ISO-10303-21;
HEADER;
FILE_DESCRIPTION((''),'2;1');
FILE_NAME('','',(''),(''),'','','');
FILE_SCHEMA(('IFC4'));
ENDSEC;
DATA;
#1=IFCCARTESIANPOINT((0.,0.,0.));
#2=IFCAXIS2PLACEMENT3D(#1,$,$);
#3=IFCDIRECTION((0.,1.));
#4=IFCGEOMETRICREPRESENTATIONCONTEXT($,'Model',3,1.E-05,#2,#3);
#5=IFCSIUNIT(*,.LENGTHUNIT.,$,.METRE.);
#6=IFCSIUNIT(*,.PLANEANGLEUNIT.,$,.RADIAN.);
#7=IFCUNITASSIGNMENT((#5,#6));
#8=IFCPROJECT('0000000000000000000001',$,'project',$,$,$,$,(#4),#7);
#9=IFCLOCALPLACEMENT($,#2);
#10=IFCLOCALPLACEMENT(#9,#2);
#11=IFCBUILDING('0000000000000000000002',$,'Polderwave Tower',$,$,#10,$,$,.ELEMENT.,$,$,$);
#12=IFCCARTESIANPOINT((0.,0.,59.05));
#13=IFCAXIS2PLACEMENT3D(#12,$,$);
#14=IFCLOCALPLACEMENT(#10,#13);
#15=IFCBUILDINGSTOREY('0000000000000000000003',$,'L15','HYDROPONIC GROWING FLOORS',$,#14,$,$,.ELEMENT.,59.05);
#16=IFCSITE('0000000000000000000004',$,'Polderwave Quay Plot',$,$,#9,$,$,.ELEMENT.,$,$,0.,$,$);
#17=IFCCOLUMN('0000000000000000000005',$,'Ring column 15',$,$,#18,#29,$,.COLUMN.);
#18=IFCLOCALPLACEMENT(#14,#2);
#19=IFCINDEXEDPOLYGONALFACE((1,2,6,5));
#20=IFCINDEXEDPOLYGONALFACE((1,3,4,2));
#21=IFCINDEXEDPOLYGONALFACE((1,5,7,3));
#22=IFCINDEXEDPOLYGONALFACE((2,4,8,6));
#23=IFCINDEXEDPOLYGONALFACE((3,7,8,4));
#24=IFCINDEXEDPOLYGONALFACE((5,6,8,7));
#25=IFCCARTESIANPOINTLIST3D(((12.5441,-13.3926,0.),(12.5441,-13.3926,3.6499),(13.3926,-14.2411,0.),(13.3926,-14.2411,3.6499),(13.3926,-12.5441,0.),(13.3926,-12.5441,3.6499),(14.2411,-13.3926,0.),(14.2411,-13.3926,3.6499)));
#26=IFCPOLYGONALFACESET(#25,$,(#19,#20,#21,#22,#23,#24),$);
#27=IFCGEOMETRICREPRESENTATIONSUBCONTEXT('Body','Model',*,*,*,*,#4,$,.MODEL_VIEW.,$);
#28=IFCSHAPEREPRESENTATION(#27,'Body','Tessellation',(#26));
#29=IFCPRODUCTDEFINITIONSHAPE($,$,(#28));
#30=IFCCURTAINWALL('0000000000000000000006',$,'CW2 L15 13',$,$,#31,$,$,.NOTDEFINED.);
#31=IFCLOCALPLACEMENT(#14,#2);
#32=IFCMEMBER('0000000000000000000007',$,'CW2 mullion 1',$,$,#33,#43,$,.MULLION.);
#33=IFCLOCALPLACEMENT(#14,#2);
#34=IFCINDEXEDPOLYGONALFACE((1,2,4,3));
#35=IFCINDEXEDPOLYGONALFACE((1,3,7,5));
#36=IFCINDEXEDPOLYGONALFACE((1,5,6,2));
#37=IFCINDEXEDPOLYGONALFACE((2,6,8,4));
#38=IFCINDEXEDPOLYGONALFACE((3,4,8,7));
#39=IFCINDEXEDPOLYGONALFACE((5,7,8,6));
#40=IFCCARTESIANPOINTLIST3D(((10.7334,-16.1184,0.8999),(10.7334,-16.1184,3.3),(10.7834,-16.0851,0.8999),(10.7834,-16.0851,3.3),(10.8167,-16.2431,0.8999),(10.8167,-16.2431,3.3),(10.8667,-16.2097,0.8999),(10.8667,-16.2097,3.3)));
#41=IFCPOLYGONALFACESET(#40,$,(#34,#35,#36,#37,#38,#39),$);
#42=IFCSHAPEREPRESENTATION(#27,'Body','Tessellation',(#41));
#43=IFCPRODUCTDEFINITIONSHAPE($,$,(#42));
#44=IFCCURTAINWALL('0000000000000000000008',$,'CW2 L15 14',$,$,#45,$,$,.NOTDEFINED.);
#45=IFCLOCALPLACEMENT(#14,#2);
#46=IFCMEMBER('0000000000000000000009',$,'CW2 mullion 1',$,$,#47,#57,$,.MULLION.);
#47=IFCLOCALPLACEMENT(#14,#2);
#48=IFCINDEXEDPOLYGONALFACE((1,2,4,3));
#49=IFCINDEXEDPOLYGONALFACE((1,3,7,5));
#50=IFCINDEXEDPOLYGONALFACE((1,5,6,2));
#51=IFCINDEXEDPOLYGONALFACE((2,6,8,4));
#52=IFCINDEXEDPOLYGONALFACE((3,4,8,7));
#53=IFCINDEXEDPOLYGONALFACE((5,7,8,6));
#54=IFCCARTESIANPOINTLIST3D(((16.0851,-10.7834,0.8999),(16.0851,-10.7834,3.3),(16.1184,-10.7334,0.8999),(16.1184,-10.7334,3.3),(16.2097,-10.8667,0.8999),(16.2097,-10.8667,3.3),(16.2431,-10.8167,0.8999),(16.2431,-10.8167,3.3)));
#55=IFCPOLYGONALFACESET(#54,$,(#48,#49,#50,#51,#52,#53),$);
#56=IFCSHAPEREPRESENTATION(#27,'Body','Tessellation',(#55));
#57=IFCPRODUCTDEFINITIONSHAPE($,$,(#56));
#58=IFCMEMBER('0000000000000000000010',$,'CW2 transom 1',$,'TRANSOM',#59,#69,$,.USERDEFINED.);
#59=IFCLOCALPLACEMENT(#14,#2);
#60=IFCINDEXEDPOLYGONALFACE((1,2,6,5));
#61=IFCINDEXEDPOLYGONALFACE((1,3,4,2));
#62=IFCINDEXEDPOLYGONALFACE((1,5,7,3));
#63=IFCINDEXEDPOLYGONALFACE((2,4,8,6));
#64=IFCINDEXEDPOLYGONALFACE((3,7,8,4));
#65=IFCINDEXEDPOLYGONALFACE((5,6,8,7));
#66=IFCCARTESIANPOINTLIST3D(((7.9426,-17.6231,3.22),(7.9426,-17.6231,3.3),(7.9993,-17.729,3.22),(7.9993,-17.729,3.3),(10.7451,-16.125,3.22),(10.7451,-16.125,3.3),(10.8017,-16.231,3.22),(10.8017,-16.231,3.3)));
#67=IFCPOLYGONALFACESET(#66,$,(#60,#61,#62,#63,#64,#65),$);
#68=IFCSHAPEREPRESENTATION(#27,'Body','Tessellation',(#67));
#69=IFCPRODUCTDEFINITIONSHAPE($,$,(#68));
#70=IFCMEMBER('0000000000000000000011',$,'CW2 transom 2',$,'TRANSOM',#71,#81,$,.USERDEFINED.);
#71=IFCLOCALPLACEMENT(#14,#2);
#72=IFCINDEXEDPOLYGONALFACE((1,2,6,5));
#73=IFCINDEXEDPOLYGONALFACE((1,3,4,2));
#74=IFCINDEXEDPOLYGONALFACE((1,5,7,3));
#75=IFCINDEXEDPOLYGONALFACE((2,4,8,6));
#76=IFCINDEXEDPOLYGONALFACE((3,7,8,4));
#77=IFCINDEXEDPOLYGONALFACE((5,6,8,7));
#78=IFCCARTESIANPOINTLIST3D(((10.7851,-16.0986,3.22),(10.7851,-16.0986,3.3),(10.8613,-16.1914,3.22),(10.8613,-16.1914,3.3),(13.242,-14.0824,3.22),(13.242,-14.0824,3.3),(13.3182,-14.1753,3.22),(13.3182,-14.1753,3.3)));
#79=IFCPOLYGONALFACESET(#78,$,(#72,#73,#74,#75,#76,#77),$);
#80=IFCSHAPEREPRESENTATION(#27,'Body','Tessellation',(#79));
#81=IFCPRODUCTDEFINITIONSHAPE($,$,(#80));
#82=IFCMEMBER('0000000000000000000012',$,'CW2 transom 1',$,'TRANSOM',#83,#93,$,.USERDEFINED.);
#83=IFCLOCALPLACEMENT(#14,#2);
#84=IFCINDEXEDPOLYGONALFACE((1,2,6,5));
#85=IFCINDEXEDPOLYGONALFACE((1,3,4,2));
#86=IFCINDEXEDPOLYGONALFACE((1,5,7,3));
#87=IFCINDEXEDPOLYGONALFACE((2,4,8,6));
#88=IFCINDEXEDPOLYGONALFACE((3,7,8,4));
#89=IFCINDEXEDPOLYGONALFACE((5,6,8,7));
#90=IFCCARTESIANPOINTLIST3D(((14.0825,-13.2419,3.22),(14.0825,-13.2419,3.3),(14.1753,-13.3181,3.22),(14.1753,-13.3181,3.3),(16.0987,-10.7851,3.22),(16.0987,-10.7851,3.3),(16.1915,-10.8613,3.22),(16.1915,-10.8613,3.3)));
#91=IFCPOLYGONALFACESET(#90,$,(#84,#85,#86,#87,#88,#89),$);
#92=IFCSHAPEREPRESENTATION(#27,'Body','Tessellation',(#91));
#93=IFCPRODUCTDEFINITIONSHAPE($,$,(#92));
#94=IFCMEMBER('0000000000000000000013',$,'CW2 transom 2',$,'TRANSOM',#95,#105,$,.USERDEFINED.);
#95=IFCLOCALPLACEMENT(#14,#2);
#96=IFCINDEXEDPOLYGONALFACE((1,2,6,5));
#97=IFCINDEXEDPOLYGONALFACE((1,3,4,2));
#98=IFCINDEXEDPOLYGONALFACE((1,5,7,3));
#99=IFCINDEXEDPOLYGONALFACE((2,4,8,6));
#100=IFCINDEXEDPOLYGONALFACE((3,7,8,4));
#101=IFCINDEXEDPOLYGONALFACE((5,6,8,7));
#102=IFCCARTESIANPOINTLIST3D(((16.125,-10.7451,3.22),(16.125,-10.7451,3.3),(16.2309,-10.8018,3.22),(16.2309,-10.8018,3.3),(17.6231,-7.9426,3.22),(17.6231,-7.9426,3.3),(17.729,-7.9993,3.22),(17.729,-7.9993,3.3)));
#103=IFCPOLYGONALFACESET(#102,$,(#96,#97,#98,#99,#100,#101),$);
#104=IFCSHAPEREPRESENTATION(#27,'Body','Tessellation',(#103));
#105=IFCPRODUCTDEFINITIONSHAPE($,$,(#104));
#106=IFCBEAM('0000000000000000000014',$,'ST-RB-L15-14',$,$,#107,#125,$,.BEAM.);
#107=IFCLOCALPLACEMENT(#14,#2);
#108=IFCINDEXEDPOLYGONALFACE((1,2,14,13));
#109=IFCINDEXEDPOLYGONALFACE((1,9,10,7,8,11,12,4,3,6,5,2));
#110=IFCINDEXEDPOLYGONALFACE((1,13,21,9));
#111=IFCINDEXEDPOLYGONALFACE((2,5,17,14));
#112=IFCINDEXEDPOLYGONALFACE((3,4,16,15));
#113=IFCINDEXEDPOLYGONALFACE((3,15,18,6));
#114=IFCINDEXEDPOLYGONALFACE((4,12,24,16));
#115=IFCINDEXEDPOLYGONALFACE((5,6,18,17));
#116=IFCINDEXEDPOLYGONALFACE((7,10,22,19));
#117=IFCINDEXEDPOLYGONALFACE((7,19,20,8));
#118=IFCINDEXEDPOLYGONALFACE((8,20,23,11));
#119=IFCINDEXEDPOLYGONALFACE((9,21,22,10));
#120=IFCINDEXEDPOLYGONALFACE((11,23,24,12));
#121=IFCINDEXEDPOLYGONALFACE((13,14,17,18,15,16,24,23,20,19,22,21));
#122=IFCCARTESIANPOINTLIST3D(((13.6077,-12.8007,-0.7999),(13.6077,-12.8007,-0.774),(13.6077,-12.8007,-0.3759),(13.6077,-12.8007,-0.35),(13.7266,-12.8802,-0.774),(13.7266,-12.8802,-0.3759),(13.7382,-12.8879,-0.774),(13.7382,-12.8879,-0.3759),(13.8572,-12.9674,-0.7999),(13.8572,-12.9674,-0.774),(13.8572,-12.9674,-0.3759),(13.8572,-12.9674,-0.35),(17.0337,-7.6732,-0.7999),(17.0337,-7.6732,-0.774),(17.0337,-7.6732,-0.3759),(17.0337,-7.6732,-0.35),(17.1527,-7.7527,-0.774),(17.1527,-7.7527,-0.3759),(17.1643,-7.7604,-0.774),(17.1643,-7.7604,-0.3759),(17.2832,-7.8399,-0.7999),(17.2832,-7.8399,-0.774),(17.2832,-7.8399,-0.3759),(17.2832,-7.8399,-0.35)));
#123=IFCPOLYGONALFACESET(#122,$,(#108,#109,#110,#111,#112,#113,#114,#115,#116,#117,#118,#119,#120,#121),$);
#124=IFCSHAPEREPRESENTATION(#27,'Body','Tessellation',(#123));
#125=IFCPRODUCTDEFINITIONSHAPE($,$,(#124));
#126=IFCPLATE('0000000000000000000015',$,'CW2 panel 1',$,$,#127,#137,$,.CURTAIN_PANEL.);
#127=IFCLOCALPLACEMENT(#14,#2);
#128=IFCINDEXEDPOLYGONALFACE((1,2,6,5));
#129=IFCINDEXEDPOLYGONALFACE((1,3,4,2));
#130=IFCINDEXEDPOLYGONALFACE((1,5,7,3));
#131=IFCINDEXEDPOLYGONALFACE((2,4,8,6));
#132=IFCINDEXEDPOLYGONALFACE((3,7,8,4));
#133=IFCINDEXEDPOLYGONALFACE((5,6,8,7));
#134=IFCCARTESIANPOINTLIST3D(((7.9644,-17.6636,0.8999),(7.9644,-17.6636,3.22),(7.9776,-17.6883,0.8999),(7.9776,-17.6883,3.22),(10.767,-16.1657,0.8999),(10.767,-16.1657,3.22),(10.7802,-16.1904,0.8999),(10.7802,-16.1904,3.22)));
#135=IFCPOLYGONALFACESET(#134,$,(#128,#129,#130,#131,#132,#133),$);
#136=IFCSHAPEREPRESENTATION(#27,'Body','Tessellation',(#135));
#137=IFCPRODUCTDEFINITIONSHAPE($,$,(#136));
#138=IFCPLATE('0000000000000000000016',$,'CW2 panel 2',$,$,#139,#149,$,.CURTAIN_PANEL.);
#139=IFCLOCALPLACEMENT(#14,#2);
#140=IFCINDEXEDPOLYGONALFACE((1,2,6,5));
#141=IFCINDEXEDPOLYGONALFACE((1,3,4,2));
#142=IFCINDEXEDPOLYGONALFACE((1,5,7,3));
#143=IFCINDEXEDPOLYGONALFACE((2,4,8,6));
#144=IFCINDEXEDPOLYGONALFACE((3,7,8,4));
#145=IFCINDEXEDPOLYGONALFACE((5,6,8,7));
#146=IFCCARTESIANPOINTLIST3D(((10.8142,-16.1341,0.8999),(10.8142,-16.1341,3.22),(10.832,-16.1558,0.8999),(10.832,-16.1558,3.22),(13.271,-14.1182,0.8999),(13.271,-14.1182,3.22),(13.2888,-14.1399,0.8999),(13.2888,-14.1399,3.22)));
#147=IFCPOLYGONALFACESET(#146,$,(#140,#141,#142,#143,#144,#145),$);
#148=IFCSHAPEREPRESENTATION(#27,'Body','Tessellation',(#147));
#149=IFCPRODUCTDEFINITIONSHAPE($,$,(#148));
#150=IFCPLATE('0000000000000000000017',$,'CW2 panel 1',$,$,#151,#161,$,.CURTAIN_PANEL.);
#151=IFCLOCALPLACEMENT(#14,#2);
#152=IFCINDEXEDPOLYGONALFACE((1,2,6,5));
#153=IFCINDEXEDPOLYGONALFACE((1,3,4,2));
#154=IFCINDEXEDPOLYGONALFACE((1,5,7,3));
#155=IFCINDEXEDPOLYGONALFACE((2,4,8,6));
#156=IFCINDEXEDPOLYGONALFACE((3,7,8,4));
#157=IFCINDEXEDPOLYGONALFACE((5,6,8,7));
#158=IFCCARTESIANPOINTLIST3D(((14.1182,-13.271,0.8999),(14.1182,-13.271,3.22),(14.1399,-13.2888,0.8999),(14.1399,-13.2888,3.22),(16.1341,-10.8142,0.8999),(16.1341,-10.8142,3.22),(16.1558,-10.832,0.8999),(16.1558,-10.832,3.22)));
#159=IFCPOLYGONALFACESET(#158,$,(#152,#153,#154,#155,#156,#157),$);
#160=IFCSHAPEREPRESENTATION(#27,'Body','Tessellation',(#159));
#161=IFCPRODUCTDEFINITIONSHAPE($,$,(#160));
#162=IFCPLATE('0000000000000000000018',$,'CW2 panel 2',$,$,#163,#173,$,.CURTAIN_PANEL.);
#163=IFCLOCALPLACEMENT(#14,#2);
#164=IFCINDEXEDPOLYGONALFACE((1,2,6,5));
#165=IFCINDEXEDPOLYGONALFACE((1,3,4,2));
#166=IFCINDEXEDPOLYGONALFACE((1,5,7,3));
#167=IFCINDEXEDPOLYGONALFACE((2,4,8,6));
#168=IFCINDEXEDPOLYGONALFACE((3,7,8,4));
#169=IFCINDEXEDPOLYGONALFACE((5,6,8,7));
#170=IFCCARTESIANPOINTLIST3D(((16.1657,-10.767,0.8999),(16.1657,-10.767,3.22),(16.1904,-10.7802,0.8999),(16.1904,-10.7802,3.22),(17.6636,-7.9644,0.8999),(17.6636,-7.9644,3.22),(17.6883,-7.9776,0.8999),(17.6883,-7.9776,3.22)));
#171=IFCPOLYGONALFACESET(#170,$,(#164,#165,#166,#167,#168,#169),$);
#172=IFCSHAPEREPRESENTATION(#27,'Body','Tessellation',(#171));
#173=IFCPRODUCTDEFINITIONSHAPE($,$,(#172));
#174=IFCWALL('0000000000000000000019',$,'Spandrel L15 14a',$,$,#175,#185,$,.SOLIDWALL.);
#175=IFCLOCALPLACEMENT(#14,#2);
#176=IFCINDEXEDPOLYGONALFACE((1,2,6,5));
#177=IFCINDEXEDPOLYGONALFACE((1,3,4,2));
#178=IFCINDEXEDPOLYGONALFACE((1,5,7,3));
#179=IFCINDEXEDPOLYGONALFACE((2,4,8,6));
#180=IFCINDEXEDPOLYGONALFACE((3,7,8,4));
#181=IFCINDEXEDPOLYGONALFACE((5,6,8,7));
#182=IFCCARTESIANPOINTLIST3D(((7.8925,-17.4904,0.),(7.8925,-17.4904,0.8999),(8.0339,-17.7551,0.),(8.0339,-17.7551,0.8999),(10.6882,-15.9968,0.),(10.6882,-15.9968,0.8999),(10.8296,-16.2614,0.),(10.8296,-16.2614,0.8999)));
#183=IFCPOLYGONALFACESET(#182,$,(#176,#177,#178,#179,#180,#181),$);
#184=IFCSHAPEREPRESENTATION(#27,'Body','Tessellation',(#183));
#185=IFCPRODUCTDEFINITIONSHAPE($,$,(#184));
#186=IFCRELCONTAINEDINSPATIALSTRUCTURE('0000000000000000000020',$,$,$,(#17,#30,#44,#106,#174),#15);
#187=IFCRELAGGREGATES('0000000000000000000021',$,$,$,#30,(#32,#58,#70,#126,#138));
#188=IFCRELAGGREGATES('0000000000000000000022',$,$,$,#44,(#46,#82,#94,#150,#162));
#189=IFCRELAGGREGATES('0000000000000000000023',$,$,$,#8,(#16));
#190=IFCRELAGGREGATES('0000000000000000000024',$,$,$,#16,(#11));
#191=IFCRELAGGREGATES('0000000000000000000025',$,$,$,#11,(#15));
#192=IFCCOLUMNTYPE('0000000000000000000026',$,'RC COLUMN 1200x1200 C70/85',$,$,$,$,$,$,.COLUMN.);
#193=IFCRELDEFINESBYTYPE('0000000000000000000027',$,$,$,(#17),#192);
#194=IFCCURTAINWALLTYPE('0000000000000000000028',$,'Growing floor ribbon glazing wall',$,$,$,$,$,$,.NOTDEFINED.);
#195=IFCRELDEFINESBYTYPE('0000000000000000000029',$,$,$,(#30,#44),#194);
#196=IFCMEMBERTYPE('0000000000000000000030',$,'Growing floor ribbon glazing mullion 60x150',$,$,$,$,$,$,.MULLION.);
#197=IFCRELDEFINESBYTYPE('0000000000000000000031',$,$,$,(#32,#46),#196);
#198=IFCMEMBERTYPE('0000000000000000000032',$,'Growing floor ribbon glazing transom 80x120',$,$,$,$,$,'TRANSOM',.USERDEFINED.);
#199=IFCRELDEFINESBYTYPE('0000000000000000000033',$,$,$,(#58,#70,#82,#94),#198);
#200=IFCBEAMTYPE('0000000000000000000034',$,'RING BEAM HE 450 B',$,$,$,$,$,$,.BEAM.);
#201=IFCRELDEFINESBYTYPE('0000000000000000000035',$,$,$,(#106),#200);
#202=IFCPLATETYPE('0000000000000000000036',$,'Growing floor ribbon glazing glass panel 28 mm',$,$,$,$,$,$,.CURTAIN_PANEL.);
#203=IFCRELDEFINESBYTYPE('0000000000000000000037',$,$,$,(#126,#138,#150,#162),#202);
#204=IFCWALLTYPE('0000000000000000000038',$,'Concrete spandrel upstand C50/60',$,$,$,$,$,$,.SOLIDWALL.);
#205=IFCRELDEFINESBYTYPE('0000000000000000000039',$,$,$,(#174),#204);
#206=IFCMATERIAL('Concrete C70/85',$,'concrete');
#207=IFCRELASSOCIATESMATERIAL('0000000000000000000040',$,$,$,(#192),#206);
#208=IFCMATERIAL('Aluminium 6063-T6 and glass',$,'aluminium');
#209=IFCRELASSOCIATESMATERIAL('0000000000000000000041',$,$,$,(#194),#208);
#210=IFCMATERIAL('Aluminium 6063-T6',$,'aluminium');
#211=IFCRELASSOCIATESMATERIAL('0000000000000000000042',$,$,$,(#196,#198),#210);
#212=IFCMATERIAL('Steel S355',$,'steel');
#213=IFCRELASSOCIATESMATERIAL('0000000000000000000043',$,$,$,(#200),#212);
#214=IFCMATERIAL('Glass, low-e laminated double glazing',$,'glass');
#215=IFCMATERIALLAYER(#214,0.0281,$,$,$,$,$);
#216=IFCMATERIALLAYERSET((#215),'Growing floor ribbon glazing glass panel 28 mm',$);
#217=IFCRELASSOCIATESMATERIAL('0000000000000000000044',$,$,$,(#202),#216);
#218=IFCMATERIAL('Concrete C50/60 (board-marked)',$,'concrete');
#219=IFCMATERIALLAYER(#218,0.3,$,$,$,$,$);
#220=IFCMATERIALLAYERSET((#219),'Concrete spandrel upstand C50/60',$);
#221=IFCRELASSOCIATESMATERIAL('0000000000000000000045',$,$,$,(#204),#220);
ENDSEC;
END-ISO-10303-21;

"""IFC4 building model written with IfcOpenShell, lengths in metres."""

from ifc_helpers import new_model, si_unit, direction, frame, frame_2d, origin, origin_2d, place, context, subcontext, project, spatial, rectangle, i_section, extrude, material, layer, layer_set, material_profile, profile_set, type_object, element, aggregate, save


model = new_model("IFC4")

# Units and contexts
model_context = context("Model", 3, precision=1e-05, world=origin(), true_north=direction((0.0, 1.0)))
body_context = subcontext(model_context, "Body", "Model", "MODEL_VIEW")
ifc_project = project(units=[si_unit("LENGTHUNIT", "METRE"), si_unit("PLANEANGLEUNIT", "RADIAN")], contexts=[model_context])

# Site, building, storey
site_placement = place(None, origin())
site = spatial("IfcSite", under=ifc_project, at=site_placement, Name="Polderwave Quay Plot", CompositionType="ELEMENT", RefElevation=0.0)
building_placement = place(site_placement, origin())
building = spatial("IfcBuilding", under=site, at=building_placement, Name="Polderwave Tower", CompositionType="ELEMENT")
storey_placement = place(building_placement, frame((0.0, 0.0, 59.05)))
storey = spatial("IfcBuildingStorey", under=building, at=storey_placement, Name="L15", Description="HYDROPONIC GROWING FLOORS", CompositionType="ELEMENT", Elevation=59.05)

# Column
ifc_material_1 = material(Name="Concrete C70/85", Category="concrete")
ifc_material_profile_1 = material_profile(ifc_material_1, rectangle(XDim=1.2, YDim=1.2, at=origin_2d()), Name="RC 1200x1200")
ifc_profile_set_1 = profile_set([ifc_material_profile_1], Name="Concrete C70/85")
column_type = type_object("IfcColumnType", Name="RC COLUMN 1200x1200 C70/85", PredefinedType="COLUMN", material=ifc_profile_set_1)
column_placement = place(storey_placement, frame((13.3926, -13.3926, 0.0), z_axis=(0.0, 0.0, 1.0), x_axis=(0.707107, -0.707107, 0.0)))
element("IfcColumn", 1, at=column_placement, inside=storey, type_object=column_type, Name="Ring column 15", PredefinedType="COLUMN", context=body_context, shape_type="SweptSolid", body=[
    extrude(rectangle(XDim=1.2, YDim=1.2, at=origin_2d()), origin(), (0.0, 0.0, 1.0), 3.6499),
])

# Curtain walls, members
ifc_material_2 = material(Name="Aluminium 6063-T6 and glass", Category="aluminium")
curtain_wall_type = type_object("IfcCurtainWallType", Name="Growing floor ribbon glazing wall", PredefinedType="NOTDEFINED", material=ifc_material_2)
curtain_wall_1_placement = place(storey_placement, origin())
curtain_wall_1 = element("IfcCurtainWall", 2, at=curtain_wall_1_placement, inside=storey, type_object=curtain_wall_type, Name="CW2 L15 13", PredefinedType="NOTDEFINED")
ifc_material_3 = material(Name="Aluminium 6063-T6", Category="aluminium")
ifc_material_profile_2 = material_profile(ifc_material_3, rectangle(XDim=0.1499, YDim=0.0601, at=origin_2d()), Name="AL 60x150")
ifc_profile_set_2 = profile_set([ifc_material_profile_2], Name="Aluminium 6063-T6")
member_type_1 = type_object("IfcMemberType", Name="Growing floor ribbon glazing mullion 60x150", PredefinedType="MULLION", material=ifc_profile_set_2)
member_1_placement = place(storey_placement, frame((10.8, -16.1641, 0.8999), z_axis=(0.0, 0.0, 1.0), x_axis=(-0.555527, 0.831499, 0.0)))
member_1 = element("IfcMember", 3, at=member_1_placement, type_object=member_type_1, Name="CW2 mullion 1", PredefinedType="MULLION", context=body_context, shape_type="SweptSolid", body=[
    extrude(rectangle(XDim=0.1499, YDim=0.0601, at=origin_2d()), origin(), (0.0, 0.0, 1.0), 2.4001),
])
curtain_wall_2_placement = place(storey_placement, origin())
curtain_wall_2 = element("IfcCurtainWall", 4, at=curtain_wall_2_placement, inside=storey, type_object=curtain_wall_type, Name="CW2 L15 14", PredefinedType="NOTDEFINED")
member_2_placement = place(storey_placement, frame((16.1641, -10.8, 0.8999), z_axis=(0.0, 0.0, 1.0), x_axis=(-0.831499, 0.555527, 0.0)))
member_2 = element("IfcMember", 5, at=member_2_placement, type_object=member_type_1, Name="CW2 mullion 1", PredefinedType="MULLION", context=body_context, shape_type="SweptSolid", body=[
    extrude(rectangle(XDim=0.1499, YDim=0.0601, at=origin_2d()), origin(), (0.0, 0.0, 1.0), 2.4001),
])

# Members
ifc_material_profile_3 = material_profile(ifc_material_3, rectangle(XDim=0.1201, YDim=0.0801, at=origin_2d()), Name="AL 80x120")
ifc_profile_set_3 = profile_set([ifc_material_profile_3], Name="Aluminium 6063-T6")
member_type_2 = type_object("IfcMemberType", Name="Growing floor ribbon glazing transom 80x120", ElementType="TRANSOM", PredefinedType="USERDEFINED", material=ifc_profile_set_3)
member_3_placement = place(storey_placement, frame((7.9709, -17.676, 3.26), z_axis=(0.88191, 0.471417, 0.0), x_axis=(-0.471417, 0.88191, 0.0)))
member_3 = element("IfcMember", 6, at=member_3_placement, type_object=member_type_2, Name="CW2 transom 1", ObjectType="TRANSOM", PredefinedType="USERDEFINED", context=body_context, shape_type="SweptSolid", body=[
    extrude(rectangle(XDim=0.1201, YDim=0.0801, at=origin_2d()), origin(), (0.0, 0.0, 1.0), 3.1777),
])
member_4_placement = place(storey_placement, frame((10.8232, -16.145, 3.26), z_axis=(0.773029, 0.634371, 0.0), x_axis=(-0.634371, 0.773029, 0.0)))
member_4 = element("IfcMember", 7, at=member_4_placement, type_object=member_type_2, Name="CW2 transom 2", ObjectType="TRANSOM", PredefinedType="USERDEFINED", context=body_context, shape_type="SweptSolid", body=[
    extrude(rectangle(XDim=0.1201, YDim=0.0801, at=origin_2d()), origin(), (0.0, 0.0, 1.0), 3.1782),
])
member_5_placement = place(storey_placement, frame((14.1289, -13.28, 3.26), z_axis=(0.634371, 0.773029, 0.0), x_axis=(-0.773029, 0.634371, 0.0)))
member_5 = element("IfcMember", 8, at=member_5_placement, type_object=member_type_2, Name="CW2 transom 1", ObjectType="TRANSOM", PredefinedType="USERDEFINED", context=body_context, shape_type="SweptSolid", body=[
    extrude(rectangle(XDim=0.1201, YDim=0.0801, at=origin_2d()), origin(), (0.0, 0.0, 1.0), 3.1782),
])
member_6_placement = place(storey_placement, frame((16.178, -10.7734, 3.26), z_axis=(0.471417, 0.88191, 0.0), x_axis=(-0.88191, 0.471417, 0.0)))
member_6 = element("IfcMember", 9, at=member_6_placement, type_object=member_type_2, Name="CW2 transom 2", ObjectType="TRANSOM", PredefinedType="USERDEFINED", context=body_context, shape_type="SweptSolid", body=[
    extrude(rectangle(XDim=0.1201, YDim=0.0801, at=origin_2d()), origin(), (0.0, 0.0, 1.0), 3.1777),
])

# Beam
ifc_material_4 = material(Name="Steel S355", Category="steel")
ifc_material_profile_4 = material_profile(ifc_material_4, i_section(OverallWidth=0.3, OverallDepth=0.45, WebThickness=0.0139, FlangeThickness=0.0259, at=origin_2d()), Name="HE 450 B")
ifc_profile_set_4 = profile_set([ifc_material_profile_4], Name="Steel S355")
beam_type = type_object("IfcBeamType", Name="RING BEAM HE 450 B", PredefinedType="BEAM", material=ifc_profile_set_4)
beam_placement = place(storey_placement, frame((13.7324, -12.884, -0.575), z_axis=(0.555568, 0.831471, 0.0), x_axis=(-0.831471, 0.555568, 0.0)))
element("IfcBeam", 10, at=beam_placement, inside=storey, type_object=beam_type, Name="ST-RB-L15-14", PredefinedType="BEAM", context=body_context, shape_type="SweptSolid", body=[
    extrude(i_section(OverallWidth=0.3, OverallDepth=0.45, WebThickness=0.0139, FlangeThickness=0.0259, at=origin_2d()), origin(), (0.0, 0.0, 1.0), 6.1667),
])

# Plates
ifc_material_5 = material(Name="Glass, low-e laminated double glazing", Category="glass")
ifc_layer_1 = layer(ifc_material_5, 0.0281)
ifc_layer_set_1 = layer_set([ifc_layer_1], Name="Growing floor ribbon glazing glass panel 28 mm")
plate_type = type_object("IfcPlateType", Name="Growing floor ribbon glazing glass panel 28 mm", PredefinedType="CURTAIN_PANEL", material=ifc_layer_set_1)
plate_1_placement = place(storey_placement, frame((9.3723, -16.927, 0.8999), z_axis=(0.0, 0.0, 1.0), x_axis=(0.881939, 0.471364, 0.0)))
plate_1 = element("IfcPlate", 11, at=plate_1_placement, type_object=plate_type, Name="CW2 panel 1", PredefinedType="CURTAIN_PANEL", context=body_context, shape_type="SweptSolid", body=[
    extrude(rectangle(XDim=3.1777, YDim=0.0281, at=origin_2d()), origin(), (0.0, 0.0, 1.0), 2.3201),
])
plate_2_placement = place(storey_placement, frame((12.0515, -15.137, 0.8999), z_axis=(0.0, 0.0, 1.0), x_axis=(0.773054, 0.634341, 0.0)))
plate_2 = element("IfcPlate", 12, at=plate_2_placement, type_object=plate_type, Name="CW2 panel 2", PredefinedType="CURTAIN_PANEL", context=body_context, shape_type="SweptSolid", body=[
    extrude(rectangle(XDim=3.178, YDim=0.0281, at=origin_2d()), origin(), (0.0, 0.0, 1.0), 2.3201),
])
aggregate(curtain_wall_1, [member_1, member_3, member_4, plate_1, plate_2])
plate_3_placement = place(storey_placement, frame((15.137, -12.0515, 0.8999), z_axis=(0.0, 0.0, 1.0), x_axis=(0.634341, 0.773054, 0.0)))
plate_3 = element("IfcPlate", 13, at=plate_3_placement, type_object=plate_type, Name="CW2 panel 1", PredefinedType="CURTAIN_PANEL", context=body_context, shape_type="SweptSolid", body=[
    extrude(rectangle(XDim=3.178, YDim=0.0281, at=origin_2d()), origin(), (0.0, 0.0, 1.0), 2.3201),
])
plate_4_placement = place(storey_placement, frame((16.927, -9.3723, 0.8999), z_axis=(0.0, 0.0, 1.0), x_axis=(0.471364, 0.881939, 0.0)))
plate_4 = element("IfcPlate", 14, at=plate_4_placement, type_object=plate_type, Name="CW2 panel 2", PredefinedType="CURTAIN_PANEL", context=body_context, shape_type="SweptSolid", body=[
    extrude(rectangle(XDim=3.1777, YDim=0.0281, at=origin_2d()), origin(), (0.0, 0.0, 1.0), 2.3201),
])
aggregate(curtain_wall_2, [member_2, member_5, member_6, plate_3, plate_4])

# Wall
ifc_material_6 = material(Name="Concrete C50/60 (board-marked)", Category="concrete")
ifc_layer_2 = layer(ifc_material_6, 0.3)
ifc_layer_set_2 = layer_set([ifc_layer_2], Name="Concrete spandrel upstand C50/60")
wall_type_1 = type_object("IfcWallType", Name="Concrete spandrel upstand C50/60", PredefinedType="SOLIDWALL", material=ifc_layer_set_2)
wall_1_placement = place(storey_placement, frame((7.9631, -17.6228, 0.0), z_axis=(0.0, 0.0, 1.0), x_axis=(0.882007, 0.471236, 0.0)))
element("IfcWall", 15, at=wall_1_placement, inside=storey, type_object=wall_type_1, Name="Spandrel L15 14a", PredefinedType="SOLIDWALL", context=body_context, shape_type="SweptSolid", body=[
    extrude(rectangle(XDim=3.1697, YDim=0.3, at=frame_2d((1.585, 0.0))), origin(), (0.0, 0.0, 1.0), 0.8999),
])

save(model, "model.ifc")
